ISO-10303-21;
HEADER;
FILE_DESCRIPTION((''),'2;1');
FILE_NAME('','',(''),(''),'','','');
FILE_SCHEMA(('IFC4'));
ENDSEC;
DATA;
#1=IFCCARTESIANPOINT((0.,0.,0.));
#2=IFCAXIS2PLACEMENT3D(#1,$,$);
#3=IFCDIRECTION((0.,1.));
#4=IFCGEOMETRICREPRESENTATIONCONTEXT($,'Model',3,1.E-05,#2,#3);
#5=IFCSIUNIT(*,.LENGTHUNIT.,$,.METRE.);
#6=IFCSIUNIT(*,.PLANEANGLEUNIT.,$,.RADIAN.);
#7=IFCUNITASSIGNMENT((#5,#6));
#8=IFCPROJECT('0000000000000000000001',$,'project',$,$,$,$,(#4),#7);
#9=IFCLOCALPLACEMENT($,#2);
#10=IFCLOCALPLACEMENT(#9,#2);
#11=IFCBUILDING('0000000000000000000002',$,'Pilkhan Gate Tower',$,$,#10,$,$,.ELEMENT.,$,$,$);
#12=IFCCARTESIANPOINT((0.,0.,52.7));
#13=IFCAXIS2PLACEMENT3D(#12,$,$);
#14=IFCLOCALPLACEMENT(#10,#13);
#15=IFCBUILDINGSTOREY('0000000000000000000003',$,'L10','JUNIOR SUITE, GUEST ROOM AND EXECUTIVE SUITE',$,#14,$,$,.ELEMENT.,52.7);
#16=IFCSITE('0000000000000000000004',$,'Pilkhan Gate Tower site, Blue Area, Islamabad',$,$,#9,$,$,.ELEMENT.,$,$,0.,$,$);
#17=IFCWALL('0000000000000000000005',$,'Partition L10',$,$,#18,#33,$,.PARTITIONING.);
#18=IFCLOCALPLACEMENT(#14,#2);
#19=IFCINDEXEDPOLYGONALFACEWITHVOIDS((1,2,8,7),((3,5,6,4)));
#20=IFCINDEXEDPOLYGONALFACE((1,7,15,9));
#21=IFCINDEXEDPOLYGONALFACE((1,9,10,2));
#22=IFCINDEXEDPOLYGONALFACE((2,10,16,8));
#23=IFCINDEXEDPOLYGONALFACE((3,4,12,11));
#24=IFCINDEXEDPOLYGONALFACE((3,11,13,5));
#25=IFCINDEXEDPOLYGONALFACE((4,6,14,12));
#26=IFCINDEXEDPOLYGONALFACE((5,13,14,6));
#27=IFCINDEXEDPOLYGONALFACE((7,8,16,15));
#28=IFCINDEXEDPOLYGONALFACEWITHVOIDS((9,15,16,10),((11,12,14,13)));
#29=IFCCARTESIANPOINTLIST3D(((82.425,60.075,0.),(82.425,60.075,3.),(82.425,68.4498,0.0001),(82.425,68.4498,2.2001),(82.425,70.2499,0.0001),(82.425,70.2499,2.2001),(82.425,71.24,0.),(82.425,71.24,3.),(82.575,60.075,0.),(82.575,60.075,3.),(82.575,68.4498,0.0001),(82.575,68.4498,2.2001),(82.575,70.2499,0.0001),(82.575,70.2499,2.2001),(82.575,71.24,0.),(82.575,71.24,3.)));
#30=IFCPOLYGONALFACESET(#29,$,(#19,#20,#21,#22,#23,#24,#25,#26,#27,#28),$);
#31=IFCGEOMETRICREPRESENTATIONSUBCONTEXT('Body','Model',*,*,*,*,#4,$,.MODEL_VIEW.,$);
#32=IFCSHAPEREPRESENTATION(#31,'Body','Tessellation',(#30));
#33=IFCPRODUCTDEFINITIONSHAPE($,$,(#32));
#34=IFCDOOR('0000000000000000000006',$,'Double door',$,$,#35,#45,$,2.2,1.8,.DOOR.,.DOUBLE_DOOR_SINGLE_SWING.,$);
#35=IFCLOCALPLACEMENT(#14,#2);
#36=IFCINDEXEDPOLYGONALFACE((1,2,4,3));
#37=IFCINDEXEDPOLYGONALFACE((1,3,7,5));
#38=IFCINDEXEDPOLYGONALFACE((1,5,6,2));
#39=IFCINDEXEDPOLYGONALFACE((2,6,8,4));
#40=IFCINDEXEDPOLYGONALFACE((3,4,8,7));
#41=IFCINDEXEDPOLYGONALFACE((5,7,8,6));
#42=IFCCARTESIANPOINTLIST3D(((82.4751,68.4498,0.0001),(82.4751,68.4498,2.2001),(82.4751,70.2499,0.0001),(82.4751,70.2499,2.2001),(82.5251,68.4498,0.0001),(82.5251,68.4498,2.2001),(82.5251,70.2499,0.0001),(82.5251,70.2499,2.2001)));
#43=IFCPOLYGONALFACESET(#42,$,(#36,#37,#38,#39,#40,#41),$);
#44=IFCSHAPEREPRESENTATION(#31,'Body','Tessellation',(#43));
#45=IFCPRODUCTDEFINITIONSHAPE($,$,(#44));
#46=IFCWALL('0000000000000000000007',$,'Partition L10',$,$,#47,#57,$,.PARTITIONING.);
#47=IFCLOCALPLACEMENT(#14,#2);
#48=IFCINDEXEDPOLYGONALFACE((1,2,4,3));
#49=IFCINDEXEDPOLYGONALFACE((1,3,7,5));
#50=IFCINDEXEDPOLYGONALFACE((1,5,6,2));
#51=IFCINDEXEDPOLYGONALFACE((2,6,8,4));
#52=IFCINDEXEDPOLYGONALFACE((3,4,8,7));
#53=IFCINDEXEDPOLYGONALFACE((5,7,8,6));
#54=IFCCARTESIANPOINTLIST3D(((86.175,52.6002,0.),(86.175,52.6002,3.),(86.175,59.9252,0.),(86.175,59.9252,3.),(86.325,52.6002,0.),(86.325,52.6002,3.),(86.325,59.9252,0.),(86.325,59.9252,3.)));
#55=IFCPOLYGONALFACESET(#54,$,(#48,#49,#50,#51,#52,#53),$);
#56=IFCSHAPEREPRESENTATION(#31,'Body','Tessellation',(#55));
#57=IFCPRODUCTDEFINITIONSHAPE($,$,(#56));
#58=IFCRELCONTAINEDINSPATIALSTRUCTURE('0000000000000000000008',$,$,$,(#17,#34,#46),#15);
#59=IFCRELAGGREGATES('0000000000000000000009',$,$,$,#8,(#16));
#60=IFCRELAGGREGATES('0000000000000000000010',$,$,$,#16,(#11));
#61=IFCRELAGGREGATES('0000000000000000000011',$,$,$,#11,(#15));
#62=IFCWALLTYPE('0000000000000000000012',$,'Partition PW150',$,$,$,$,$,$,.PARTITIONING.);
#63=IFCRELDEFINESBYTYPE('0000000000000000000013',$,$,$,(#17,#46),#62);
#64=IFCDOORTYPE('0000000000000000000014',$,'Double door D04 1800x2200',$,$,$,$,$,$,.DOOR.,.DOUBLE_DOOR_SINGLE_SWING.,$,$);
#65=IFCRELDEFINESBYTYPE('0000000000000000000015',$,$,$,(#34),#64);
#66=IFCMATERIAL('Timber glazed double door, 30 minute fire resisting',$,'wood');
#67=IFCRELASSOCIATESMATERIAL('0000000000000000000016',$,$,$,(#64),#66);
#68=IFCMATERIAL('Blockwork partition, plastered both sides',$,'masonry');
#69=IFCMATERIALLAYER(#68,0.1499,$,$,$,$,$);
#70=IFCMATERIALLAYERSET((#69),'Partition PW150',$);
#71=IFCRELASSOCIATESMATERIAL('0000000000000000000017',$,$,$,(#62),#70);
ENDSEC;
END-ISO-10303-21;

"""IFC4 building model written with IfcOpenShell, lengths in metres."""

from ifc_helpers import new_model, si_unit, direction, frame, frame_2d, origin, place, context, subcontext, project, spatial, rectangle, extrude, material, layer, layer_set, type_object, element, fill, save


model = new_model("IFC4")

# Units and contexts
model_context = context("Model", 3, precision=1e-05, world=origin(), true_north=direction((0.0, 1.0)))
body_context = subcontext(model_context, "Body", "Model", "MODEL_VIEW")
ifc_project = project(units=[si_unit("LENGTHUNIT", "METRE"), si_unit("PLANEANGLEUNIT", "RADIAN")], contexts=[model_context])

# Site, building, storey
site_placement = place(None, origin())
site = spatial("IfcSite", under=ifc_project, at=site_placement, Name="Pilkhan Gate Tower site, Blue Area, Islamabad", CompositionType="ELEMENT", RefElevation=0.0)
building_placement = place(site_placement, origin())
building = spatial("IfcBuilding", under=site, at=building_placement, Name="Pilkhan Gate Tower", CompositionType="ELEMENT")
storey_placement = place(building_placement, frame((0.0, 0.0, 52.7)))
storey = spatial("IfcBuildingStorey", under=building, at=storey_placement, Name="L10", Description="JUNIOR SUITE, GUEST ROOM AND EXECUTIVE SUITE", CompositionType="ELEMENT", Elevation=52.7)

# Shared definitions
ifc_material_1 = material(Name="Timber glazed double door, 30 minute fire resisting", Category="wood")
door_type_1 = type_object("IfcDoorType", Name="Double door D04 1800x2200", OperationType="DOUBLE_DOOR_SINGLE_SWING", PredefinedType="DOOR", material=ifc_material_1)

# Shared definitions
ifc_material_2 = material(Name="Blockwork partition, plastered both sides", Category="masonry")
ifc_layer_1 = layer(ifc_material_2, 0.1499)
ifc_layer_set_1 = layer_set([ifc_layer_1], Name="Partition PW150")
wall_type_1 = type_object("IfcWallType", Name="Partition PW150", PredefinedType="PARTITIONING", material=ifc_layer_set_1)

# Wall, opening, door
wall_1_placement = place(storey_placement, frame((82.5, 60.075, 0.0), z_axis=(0.0, 0.0, 1.0), x_axis=(0.0, 1.0, 0.0)))
wall_1 = element("IfcWall", 1, at=wall_1_placement, inside=storey, type_object=wall_type_1, Name="Partition L10", PredefinedType="PARTITIONING", context=body_context, shape_type="SweptSolid", body=[
    extrude(rectangle(XDim=11.165, YDim=0.1499, at=frame_2d((5.5825, 0.0))), origin(), (0.0, 0.0, 1.0), 3.0),
])
opening_1_placement = place(wall_1_placement, frame((8.375, 0.0, 0.0)))
opening_1 = element("IfcOpeningElement", 2, at=opening_1_placement, cuts=wall_1, PredefinedType="OPENING", context=body_context, shape_type="SweptSolid", body=[
    extrude(rectangle(XDim=1.8, YDim=2.2, at=frame_2d((0.8999, 1.1001))), frame((0.0, 0.085, 0.0), z_axis=(0.0, -1.0, 0.0), x_axis=(1.0, 0.0, 0.0)), (0.0, 0.0, 1.0), 0.1699),
])
door_1_placement = place(opening_1_placement, origin())
door_1 = element("IfcDoor", 3, at=door_1_placement, inside=storey, type_object=door_type_1, Name="Double door", OperationType="DOUBLE_DOOR_SINGLE_SWING", OverallHeight=2.2, OverallWidth=1.8, PredefinedType="DOOR", context=body_context, shape_type="SweptSolid", body=[
    extrude(rectangle(XDim=1.8, YDim=2.2, at=frame_2d((0.8999, 1.1001))), frame((0.0, 0.0249, 0.0), z_axis=(0.0, -1.0, 0.0), x_axis=(1.0, 0.0, 0.0)), (0.0, 0.0, 1.0), 0.05),
])
fill(opening_1, door_1)

# Wall
wall_2_placement = place(storey_placement, frame((86.25, 52.6001, 0.0), z_axis=(0.0, 0.0, 1.0), x_axis=(0.0, 1.0, 0.0)))
element("IfcWall", 4, at=wall_2_placement, inside=storey, type_object=wall_type_1, Name="Partition L10", PredefinedType="PARTITIONING", context=body_context, shape_type="SweptSolid", body=[
    extrude(rectangle(XDim=7.325, YDim=0.1499, at=frame_2d((3.6626, 0.0))), origin(), (0.0, 0.0, 1.0), 3.0),
])

save(model, "model.ifc")
